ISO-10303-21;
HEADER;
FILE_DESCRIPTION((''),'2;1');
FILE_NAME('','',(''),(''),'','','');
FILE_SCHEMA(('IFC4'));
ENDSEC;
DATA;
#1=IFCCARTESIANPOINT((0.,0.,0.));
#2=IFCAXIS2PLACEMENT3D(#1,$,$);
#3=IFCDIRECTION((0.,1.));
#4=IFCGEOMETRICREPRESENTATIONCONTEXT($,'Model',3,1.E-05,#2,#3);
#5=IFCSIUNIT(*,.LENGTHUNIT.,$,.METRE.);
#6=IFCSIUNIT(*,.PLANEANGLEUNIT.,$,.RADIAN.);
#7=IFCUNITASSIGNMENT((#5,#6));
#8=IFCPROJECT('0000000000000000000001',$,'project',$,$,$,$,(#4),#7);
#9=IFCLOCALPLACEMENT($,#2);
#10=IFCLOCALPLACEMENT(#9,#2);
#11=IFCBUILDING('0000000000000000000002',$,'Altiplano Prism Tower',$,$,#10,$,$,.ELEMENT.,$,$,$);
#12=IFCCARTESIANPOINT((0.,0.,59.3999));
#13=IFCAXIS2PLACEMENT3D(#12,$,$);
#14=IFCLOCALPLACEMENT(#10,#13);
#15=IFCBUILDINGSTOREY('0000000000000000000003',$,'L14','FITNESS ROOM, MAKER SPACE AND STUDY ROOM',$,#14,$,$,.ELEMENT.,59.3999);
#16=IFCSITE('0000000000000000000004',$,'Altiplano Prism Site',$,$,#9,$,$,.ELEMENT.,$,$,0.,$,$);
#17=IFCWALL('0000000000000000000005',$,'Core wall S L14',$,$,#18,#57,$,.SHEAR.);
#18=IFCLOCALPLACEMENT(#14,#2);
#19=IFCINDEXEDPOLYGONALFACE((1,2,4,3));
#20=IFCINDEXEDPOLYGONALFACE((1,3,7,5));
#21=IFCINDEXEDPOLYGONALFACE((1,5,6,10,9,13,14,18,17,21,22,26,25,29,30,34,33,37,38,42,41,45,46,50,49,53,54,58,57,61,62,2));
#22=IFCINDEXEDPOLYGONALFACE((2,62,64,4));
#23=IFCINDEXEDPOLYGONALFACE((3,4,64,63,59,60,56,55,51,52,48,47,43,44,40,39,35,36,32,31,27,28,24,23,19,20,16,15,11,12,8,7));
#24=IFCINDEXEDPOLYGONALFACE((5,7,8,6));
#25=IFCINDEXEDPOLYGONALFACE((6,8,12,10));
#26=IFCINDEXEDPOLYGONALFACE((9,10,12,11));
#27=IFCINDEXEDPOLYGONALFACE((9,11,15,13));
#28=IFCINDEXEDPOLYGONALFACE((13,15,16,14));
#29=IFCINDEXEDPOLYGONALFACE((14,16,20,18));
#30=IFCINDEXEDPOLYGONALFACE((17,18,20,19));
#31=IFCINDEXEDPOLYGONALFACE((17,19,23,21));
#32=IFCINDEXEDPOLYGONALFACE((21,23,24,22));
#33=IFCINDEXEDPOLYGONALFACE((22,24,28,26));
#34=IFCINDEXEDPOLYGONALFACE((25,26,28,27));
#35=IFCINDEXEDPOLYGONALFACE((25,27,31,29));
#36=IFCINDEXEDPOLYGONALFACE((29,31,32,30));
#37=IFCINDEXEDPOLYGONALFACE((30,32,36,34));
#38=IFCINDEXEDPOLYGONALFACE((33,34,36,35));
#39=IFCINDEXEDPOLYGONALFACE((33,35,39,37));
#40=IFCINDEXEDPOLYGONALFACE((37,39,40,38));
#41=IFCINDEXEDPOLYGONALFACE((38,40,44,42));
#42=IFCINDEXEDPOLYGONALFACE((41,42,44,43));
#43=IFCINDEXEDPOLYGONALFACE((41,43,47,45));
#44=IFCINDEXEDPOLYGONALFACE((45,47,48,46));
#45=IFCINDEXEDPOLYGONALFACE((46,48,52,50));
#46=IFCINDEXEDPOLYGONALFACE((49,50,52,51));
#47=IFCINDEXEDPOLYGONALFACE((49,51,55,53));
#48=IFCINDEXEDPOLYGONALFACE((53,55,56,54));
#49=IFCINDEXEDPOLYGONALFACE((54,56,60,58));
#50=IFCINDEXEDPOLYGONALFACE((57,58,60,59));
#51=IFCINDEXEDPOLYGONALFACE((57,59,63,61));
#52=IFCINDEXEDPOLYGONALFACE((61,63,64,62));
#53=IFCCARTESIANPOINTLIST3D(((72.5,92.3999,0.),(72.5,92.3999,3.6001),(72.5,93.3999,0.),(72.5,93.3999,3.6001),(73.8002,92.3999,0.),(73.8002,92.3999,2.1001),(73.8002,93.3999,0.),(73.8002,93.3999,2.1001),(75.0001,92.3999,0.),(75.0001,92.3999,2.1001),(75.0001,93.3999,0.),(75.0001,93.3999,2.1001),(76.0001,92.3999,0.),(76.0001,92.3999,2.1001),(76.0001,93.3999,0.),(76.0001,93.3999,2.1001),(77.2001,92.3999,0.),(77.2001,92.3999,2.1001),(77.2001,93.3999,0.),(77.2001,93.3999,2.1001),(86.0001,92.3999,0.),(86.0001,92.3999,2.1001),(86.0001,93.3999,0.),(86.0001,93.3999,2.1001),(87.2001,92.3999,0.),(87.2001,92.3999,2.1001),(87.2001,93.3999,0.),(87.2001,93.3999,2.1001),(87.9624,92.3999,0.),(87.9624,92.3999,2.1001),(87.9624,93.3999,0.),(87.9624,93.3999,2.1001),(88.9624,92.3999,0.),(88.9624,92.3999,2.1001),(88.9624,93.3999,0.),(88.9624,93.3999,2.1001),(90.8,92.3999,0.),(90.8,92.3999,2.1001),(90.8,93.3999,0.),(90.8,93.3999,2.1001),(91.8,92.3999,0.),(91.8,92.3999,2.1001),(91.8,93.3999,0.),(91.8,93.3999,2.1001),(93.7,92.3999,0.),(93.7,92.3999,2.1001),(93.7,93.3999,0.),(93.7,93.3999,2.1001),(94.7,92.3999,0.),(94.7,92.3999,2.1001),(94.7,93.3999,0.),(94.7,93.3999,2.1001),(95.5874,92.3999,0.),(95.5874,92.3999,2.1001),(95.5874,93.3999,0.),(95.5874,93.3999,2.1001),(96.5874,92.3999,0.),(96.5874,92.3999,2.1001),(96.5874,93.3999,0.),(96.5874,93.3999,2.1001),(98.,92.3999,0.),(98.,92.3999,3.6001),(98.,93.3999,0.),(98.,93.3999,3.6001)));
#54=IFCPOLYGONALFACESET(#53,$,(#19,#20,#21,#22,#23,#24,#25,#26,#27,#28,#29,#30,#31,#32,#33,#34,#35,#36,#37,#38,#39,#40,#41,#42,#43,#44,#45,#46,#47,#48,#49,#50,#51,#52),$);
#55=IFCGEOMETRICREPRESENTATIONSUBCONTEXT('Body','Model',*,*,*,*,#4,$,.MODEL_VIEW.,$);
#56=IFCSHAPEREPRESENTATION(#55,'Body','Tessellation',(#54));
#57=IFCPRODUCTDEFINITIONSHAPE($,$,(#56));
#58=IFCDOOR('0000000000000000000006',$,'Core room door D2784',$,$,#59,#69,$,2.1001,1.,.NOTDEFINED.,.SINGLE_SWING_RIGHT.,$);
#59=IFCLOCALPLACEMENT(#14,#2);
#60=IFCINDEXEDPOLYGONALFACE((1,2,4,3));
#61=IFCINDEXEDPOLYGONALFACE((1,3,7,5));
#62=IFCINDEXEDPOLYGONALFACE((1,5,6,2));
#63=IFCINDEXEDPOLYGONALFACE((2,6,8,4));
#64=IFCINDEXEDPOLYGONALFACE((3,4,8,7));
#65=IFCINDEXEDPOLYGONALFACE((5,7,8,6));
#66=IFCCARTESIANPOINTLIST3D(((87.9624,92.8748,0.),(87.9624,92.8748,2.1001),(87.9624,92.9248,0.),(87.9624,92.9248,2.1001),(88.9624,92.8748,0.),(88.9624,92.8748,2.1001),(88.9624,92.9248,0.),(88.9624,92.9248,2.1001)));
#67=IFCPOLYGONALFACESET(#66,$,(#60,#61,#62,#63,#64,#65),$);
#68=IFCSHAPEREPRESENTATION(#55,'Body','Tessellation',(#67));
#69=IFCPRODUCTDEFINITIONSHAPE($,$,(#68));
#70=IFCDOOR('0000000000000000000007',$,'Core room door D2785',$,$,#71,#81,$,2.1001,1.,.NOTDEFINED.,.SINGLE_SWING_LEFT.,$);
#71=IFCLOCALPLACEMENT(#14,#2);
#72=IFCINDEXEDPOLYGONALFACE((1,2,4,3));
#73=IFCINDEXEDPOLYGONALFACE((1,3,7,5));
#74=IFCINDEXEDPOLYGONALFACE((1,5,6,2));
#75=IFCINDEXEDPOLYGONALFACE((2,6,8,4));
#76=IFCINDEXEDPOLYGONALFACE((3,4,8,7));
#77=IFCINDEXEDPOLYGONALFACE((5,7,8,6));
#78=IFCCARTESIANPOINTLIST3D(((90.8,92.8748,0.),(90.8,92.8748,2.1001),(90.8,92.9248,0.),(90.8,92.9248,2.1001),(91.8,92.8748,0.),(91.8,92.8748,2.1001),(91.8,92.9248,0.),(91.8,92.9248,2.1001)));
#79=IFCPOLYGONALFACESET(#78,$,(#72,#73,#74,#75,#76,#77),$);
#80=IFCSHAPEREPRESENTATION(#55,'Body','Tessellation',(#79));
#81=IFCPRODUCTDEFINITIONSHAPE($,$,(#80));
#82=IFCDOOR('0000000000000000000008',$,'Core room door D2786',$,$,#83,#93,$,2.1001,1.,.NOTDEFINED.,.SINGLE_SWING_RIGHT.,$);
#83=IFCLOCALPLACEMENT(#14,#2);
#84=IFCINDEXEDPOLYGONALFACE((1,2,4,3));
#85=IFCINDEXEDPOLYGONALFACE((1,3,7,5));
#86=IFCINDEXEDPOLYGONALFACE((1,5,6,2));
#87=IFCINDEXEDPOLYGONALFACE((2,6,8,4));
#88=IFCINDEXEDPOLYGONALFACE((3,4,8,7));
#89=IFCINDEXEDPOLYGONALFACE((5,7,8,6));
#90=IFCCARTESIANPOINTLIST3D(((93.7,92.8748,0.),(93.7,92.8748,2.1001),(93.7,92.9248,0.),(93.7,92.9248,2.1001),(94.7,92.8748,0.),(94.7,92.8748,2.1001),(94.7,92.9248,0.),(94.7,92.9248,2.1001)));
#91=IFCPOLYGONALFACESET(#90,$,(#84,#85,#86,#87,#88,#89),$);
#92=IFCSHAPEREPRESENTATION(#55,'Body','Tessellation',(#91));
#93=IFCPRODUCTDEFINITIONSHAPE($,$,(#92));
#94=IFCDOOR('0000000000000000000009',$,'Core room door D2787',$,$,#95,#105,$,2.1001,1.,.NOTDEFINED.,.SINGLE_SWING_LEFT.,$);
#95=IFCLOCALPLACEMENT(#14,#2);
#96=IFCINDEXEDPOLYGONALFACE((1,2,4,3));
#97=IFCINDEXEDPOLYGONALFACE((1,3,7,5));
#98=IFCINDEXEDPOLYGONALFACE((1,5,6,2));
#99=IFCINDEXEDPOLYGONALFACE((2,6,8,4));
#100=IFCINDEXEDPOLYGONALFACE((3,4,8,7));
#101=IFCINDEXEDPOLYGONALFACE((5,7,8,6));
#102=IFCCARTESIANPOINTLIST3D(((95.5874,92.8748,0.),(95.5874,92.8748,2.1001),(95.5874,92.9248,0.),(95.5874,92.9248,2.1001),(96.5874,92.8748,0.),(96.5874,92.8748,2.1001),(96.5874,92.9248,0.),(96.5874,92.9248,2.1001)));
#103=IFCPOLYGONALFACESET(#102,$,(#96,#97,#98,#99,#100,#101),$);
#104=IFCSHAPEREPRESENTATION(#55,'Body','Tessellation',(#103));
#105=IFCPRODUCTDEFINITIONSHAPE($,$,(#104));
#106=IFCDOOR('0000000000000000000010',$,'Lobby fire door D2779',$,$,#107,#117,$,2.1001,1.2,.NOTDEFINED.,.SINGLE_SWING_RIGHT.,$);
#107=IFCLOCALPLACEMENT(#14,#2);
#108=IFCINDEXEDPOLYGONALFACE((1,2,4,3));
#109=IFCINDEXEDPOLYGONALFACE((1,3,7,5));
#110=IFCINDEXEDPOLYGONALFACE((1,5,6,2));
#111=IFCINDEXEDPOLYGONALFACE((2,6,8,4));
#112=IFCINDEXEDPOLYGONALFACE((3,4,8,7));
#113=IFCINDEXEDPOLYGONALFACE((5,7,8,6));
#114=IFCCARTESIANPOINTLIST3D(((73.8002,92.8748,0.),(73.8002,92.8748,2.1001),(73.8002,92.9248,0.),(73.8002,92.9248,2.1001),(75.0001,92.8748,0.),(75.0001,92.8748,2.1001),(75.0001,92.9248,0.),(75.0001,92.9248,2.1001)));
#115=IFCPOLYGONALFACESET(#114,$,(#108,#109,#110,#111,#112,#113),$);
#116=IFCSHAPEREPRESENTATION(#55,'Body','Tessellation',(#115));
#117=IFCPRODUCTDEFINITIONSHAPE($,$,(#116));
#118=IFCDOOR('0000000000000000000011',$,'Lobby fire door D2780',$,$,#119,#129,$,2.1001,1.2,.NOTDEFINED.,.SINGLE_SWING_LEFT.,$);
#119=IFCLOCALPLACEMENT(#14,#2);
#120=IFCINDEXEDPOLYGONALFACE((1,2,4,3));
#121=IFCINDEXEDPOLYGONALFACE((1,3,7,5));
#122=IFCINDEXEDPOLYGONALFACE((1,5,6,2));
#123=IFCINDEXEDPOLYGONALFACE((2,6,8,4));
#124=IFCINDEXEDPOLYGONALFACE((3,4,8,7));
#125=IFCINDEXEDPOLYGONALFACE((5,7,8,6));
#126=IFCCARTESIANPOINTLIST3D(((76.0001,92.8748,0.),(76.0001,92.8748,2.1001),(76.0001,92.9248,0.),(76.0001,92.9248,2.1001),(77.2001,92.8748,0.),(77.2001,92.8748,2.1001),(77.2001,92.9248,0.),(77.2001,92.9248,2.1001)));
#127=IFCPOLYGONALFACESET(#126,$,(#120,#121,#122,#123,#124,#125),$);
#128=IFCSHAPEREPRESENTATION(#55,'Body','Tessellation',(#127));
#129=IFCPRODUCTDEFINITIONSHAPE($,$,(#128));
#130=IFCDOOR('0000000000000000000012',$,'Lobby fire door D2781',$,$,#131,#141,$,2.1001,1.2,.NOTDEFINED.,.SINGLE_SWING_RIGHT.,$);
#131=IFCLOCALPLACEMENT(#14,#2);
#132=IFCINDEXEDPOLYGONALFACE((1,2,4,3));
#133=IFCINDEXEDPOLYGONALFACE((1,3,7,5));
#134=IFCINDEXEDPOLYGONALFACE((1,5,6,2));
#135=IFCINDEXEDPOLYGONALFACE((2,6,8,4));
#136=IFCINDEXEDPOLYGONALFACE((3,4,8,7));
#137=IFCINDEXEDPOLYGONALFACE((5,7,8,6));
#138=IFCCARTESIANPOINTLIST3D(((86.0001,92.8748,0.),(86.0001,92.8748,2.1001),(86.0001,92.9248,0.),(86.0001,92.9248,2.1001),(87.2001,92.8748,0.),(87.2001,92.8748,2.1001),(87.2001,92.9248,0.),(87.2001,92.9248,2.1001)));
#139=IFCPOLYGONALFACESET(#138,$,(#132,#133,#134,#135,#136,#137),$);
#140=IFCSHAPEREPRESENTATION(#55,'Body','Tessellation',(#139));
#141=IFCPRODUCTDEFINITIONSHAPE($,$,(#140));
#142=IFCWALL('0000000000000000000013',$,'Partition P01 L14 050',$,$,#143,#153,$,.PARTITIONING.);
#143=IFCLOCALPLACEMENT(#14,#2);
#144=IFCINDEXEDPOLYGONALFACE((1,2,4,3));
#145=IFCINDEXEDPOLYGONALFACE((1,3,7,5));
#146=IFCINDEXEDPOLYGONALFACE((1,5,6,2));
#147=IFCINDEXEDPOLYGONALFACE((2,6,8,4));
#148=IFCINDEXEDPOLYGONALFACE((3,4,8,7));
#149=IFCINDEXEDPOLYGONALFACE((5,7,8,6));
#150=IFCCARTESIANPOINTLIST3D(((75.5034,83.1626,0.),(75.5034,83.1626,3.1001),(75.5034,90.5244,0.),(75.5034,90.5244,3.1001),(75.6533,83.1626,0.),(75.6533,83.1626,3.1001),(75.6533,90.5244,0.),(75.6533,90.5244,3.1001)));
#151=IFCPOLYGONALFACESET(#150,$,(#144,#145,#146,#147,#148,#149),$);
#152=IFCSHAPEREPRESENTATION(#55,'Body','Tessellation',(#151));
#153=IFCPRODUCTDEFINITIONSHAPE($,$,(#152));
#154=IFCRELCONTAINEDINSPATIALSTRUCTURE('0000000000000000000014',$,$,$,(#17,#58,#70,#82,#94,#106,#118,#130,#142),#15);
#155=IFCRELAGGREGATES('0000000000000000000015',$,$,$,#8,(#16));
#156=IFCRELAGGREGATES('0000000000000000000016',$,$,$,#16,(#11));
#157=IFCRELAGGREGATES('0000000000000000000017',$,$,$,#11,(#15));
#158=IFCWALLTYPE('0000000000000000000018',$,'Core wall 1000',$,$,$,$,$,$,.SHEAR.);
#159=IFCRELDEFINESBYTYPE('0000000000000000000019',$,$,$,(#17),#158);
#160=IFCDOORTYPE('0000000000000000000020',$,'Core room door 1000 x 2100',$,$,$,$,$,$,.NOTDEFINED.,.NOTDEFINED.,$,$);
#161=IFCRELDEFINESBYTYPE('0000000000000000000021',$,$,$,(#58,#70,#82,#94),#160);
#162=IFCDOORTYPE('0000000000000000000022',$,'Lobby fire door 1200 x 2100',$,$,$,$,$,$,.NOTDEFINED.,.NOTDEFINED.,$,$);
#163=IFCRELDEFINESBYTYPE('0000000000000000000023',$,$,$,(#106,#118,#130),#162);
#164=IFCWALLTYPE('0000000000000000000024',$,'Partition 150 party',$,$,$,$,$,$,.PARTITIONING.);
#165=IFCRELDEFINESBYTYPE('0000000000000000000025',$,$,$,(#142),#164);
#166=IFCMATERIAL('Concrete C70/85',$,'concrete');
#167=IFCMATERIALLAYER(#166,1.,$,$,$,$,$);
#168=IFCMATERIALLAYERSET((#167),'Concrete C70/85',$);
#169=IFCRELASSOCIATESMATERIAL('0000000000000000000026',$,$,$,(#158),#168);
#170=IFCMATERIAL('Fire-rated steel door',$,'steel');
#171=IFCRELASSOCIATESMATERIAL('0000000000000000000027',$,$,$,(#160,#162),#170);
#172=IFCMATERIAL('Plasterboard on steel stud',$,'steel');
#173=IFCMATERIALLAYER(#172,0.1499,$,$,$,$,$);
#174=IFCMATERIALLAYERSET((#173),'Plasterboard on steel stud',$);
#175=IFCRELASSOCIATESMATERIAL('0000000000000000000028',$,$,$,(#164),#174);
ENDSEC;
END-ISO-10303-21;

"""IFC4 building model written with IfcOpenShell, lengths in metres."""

from ifc_helpers import new_model, si_unit, direction, frame, frame_2d, origin, place, context, subcontext, project, spatial, rectangle, extrude, material, layer, layer_set, type_object, element, fill, save


model = new_model("IFC4")

# Units and contexts
model_context = context("Model", 3, precision=1e-05, world=origin(), true_north=direction((0.0, 1.0)))
body_context = subcontext(model_context, "Body", "Model", "MODEL_VIEW")
ifc_project = project(units=[si_unit("LENGTHUNIT", "METRE"), si_unit("PLANEANGLEUNIT", "RADIAN")], contexts=[model_context])

# Site, building, storey
site_placement = place(None, origin())
site = spatial("IfcSite", under=ifc_project, at=site_placement, Name="Altiplano Prism Site", CompositionType="ELEMENT", RefElevation=0.0)
building_placement = place(site_placement, origin())
building = spatial("IfcBuilding", under=site, at=building_placement, Name="Altiplano Prism Tower", CompositionType="ELEMENT")
storey_placement = place(building_placement, frame((0.0, 0.0, 59.3999)))
storey = spatial("IfcBuildingStorey", under=building, at=storey_placement, Name="L14", Description="FITNESS ROOM, MAKER SPACE AND STUDY ROOM", CompositionType="ELEMENT", Elevation=59.3999)

# Wall, openings, doors
ifc_material_1 = material(Name="Concrete C70/85", Category="concrete")
ifc_layer_1 = layer(ifc_material_1, 1.0)
ifc_layer_set_1 = layer_set([ifc_layer_1], Name="Concrete C70/85")
wall_type_1 = type_object("IfcWallType", Name="Core wall 1000", PredefinedType="SHEAR", material=ifc_layer_set_1)
wall_1_placement = place(storey_placement, frame((72.5, 92.8999, 0.0), z_axis=(0.0, 0.0, 1.0), x_axis=(1.0, 0.0, 0.0)))
wall_1 = element("IfcWall", 1, at=wall_1_placement, inside=storey, type_object=wall_type_1, Name="Core wall S L14", PredefinedType="SHEAR", context=body_context, shape_type="SweptSolid", body=[
    extrude(rectangle(XDim=25.5, YDim=1.0, at=frame_2d((12.75, 0.0))), origin(), (0.0, 0.0, 1.0), 3.6001),
])
opening_1_placement = place(wall_1_placement, frame((1.3, 0.0, 0.0)))
opening_1 = element("IfcOpeningElement", 2, at=opening_1_placement, cuts=wall_1, PredefinedType="OPENING", context=body_context, shape_type="SweptSolid", body=[
    extrude(rectangle(XDim=1.2, YDim=2.1001, at=frame_2d((0.6001, 1.05))), frame((0.0, 0.5105, 0.0), z_axis=(0.0, -1.0, 0.0), x_axis=(1.0, 0.0, 0.0)), (0.0, 0.0, 1.0), 1.021),
])
opening_2_placement = place(wall_1_placement, frame((3.5, 0.0, 0.0)))
opening_2 = element("IfcOpeningElement", 3, at=opening_2_placement, cuts=wall_1, PredefinedType="OPENING", context=body_context, shape_type="SweptSolid", body=[
    extrude(rectangle(XDim=1.2, YDim=2.1001, at=frame_2d((0.6001, 1.05))), frame((0.0, 0.5105, 0.0), z_axis=(0.0, -1.0, 0.0), x_axis=(1.0, 0.0, 0.0)), (0.0, 0.0, 1.0), 1.021),
])
opening_3_placement = place(wall_1_placement, frame((13.5, 0.0, 0.0)))
opening_3 = element("IfcOpeningElement", 4, at=opening_3_placement, cuts=wall_1, PredefinedType="OPENING", context=body_context, shape_type="SweptSolid", body=[
    extrude(rectangle(XDim=1.2, YDim=2.1001, at=frame_2d((0.6001, 1.05))), frame((0.0, 0.5105, 0.0), z_axis=(0.0, -1.0, 0.0), x_axis=(1.0, 0.0, 0.0)), (0.0, 0.0, 1.0), 1.021),
])
opening_4_placement = place(wall_1_placement, frame((15.4624, 0.0, 0.0)))
opening_4 = element("IfcOpeningElement", 5, at=opening_4_placement, cuts=wall_1, PredefinedType="OPENING", context=body_context, shape_type="SweptSolid", body=[
    extrude(rectangle(XDim=1.0, YDim=2.1001, at=frame_2d((0.5, 1.05))), frame((0.0, 0.5105, 0.0), z_axis=(0.0, -1.0, 0.0), x_axis=(1.0, 0.0, 0.0)), (0.0, 0.0, 1.0), 1.021),
])
opening_5_placement = place(wall_1_placement, frame((18.3, 0.0, 0.0)))
opening_5 = element("IfcOpeningElement", 6, at=opening_5_placement, cuts=wall_1, PredefinedType="OPENING", context=body_context, shape_type="SweptSolid", body=[
    extrude(rectangle(XDim=1.0, YDim=2.1001, at=frame_2d((0.5, 1.05))), frame((0.0, 0.5105, 0.0), z_axis=(0.0, -1.0, 0.0), x_axis=(1.0, 0.0, 0.0)), (0.0, 0.0, 1.0), 1.021),
])
opening_6_placement = place(wall_1_placement, frame((21.2, 0.0, 0.0)))
opening_6 = element("IfcOpeningElement", 7, at=opening_6_placement, cuts=wall_1, PredefinedType="OPENING", context=body_context, shape_type="SweptSolid", body=[
    extrude(rectangle(XDim=1.0, YDim=2.1001, at=frame_2d((0.5, 1.05))), frame((0.0, 0.5105, 0.0), z_axis=(0.0, -1.0, 0.0), x_axis=(1.0, 0.0, 0.0)), (0.0, 0.0, 1.0), 1.021),
])
opening_7_placement = place(wall_1_placement, frame((23.0874, 0.0, 0.0)))
opening_7 = element("IfcOpeningElement", 8, at=opening_7_placement, cuts=wall_1, PredefinedType="OPENING", context=body_context, shape_type="SweptSolid", body=[
    extrude(rectangle(XDim=1.0, YDim=2.1001, at=frame_2d((0.5, 1.05))), frame((0.0, 0.5105, 0.0), z_axis=(0.0, -1.0, 0.0), x_axis=(1.0, 0.0, 0.0)), (0.0, 0.0, 1.0), 1.021),
])
ifc_material_2 = material(Name="Fire-rated steel door", Category="steel")
door_type_1 = type_object("IfcDoorType", Name="Core room door 1000 x 2100", OperationType="NOTDEFINED", PredefinedType="NOTDEFINED", material=ifc_material_2)
door_1_placement = place(opening_4_placement, origin())
door_1 = element("IfcDoor", 9, at=door_1_placement, inside=storey, type_object=door_type_1, Name="Core room door D2784", OperationType="SINGLE_SWING_RIGHT", OverallHeight=2.1001, OverallWidth=1.0, PredefinedType="NOTDEFINED", context=body_context, shape_type="SweptSolid", body=[
    extrude(rectangle(XDim=1.0, YDim=2.1001, at=frame_2d((0.5, 1.05))), frame((0.0, 0.0249, 0.0), z_axis=(0.0, -1.0, 0.0), x_axis=(1.0, 0.0, 0.0)), (0.0, 0.0, 1.0), 0.05),
])
fill(opening_4, door_1)
door_2_placement = place(opening_5_placement, origin())
door_2 = element("IfcDoor", 10, at=door_2_placement, inside=storey, type_object=door_type_1, Name="Core room door D2785", OperationType="SINGLE_SWING_LEFT", OverallHeight=2.1001, OverallWidth=1.0, PredefinedType="NOTDEFINED", context=body_context, shape_type="SweptSolid", body=[
    extrude(rectangle(XDim=1.0, YDim=2.1001, at=frame_2d((0.5, 1.05))), frame((0.0, 0.0249, 0.0), z_axis=(0.0, -1.0, 0.0), x_axis=(1.0, 0.0, 0.0)), (0.0, 0.0, 1.0), 0.05),
])
fill(opening_5, door_2)
door_3_placement = place(opening_6_placement, origin())
door_3 = element("IfcDoor", 11, at=door_3_placement, inside=storey, type_object=door_type_1, Name="Core room door D2786", OperationType="SINGLE_SWING_RIGHT", OverallHeight=2.1001, OverallWidth=1.0, PredefinedType="NOTDEFINED", context=body_context, shape_type="SweptSolid", body=[
    extrude(rectangle(XDim=1.0, YDim=2.1001, at=frame_2d((0.5, 1.05))), frame((0.0, 0.0249, 0.0), z_axis=(0.0, -1.0, 0.0), x_axis=(1.0, 0.0, 0.0)), (0.0, 0.0, 1.0), 0.05),
])
fill(opening_6, door_3)
door_4_placement = place(opening_7_placement, origin())
door_4 = element("IfcDoor", 12, at=door_4_placement, inside=storey, type_object=door_type_1, Name="Core room door D2787", OperationType="SINGLE_SWING_LEFT", OverallHeight=2.1001, OverallWidth=1.0, PredefinedType="NOTDEFINED", context=body_context, shape_type="SweptSolid", body=[
    extrude(rectangle(XDim=1.0, YDim=2.1001, at=frame_2d((0.5, 1.05))), frame((0.0, 0.0249, 0.0), z_axis=(0.0, -1.0, 0.0), x_axis=(1.0, 0.0, 0.0)), (0.0, 0.0, 1.0), 0.05),
])
fill(opening_7, door_4)
door_type_2 = type_object("IfcDoorType", Name="Lobby fire door 1200 x 2100", OperationType="NOTDEFINED", PredefinedType="NOTDEFINED", material=ifc_material_2)
door_5_placement = place(opening_1_placement, origin())
door_5 = element("IfcDoor", 13, at=door_5_placement, inside=storey, type_object=door_type_2, Name="Lobby fire door D2779", OperationType="SINGLE_SWING_RIGHT", OverallHeight=2.1001, OverallWidth=1.2, PredefinedType="NOTDEFINED", context=body_context, shape_type="SweptSolid", body=[
    extrude(rectangle(XDim=1.2, YDim=2.1001, at=frame_2d((0.6001, 1.05))), frame((0.0, 0.0249, 0.0), z_axis=(0.0, -1.0, 0.0), x_axis=(1.0, 0.0, 0.0)), (0.0, 0.0, 1.0), 0.05),
])
fill(opening_1, door_5)
door_6_placement = place(opening_2_placement, origin())
door_6 = element("IfcDoor", 14, at=door_6_placement, inside=storey, type_object=door_type_2, Name="Lobby fire door D2780", OperationType="SINGLE_SWING_LEFT", OverallHeight=2.1001, OverallWidth=1.2, PredefinedType="NOTDEFINED", context=body_context, shape_type="SweptSolid", body=[
    extrude(rectangle(XDim=1.2, YDim=2.1001, at=frame_2d((0.6001, 1.05))), frame((0.0, 0.0249, 0.0), z_axis=(0.0, -1.0, 0.0), x_axis=(1.0, 0.0, 0.0)), (0.0, 0.0, 1.0), 0.05),
])
fill(opening_2, door_6)
door_7_placement = place(opening_3_placement, origin())
door_7 = element("IfcDoor", 15, at=door_7_placement, inside=storey, type_object=door_type_2, Name="Lobby fire door D2781", OperationType="SINGLE_SWING_RIGHT", OverallHeight=2.1001, OverallWidth=1.2, PredefinedType="NOTDEFINED", context=body_context, shape_type="SweptSolid", body=[
    extrude(rectangle(XDim=1.2, YDim=2.1001, at=frame_2d((0.6001, 1.05))), frame((0.0, 0.0249, 0.0), z_axis=(0.0, -1.0, 0.0), x_axis=(1.0, 0.0, 0.0)), (0.0, 0.0, 1.0), 0.05),
])
fill(opening_3, door_7)

# Wall
ifc_material_3 = material(Name="Plasterboard on steel stud", Category="steel")
ifc_layer_2 = layer(ifc_material_3, 0.1499)
ifc_layer_set_2 = layer_set([ifc_layer_2], Name="Plasterboard on steel stud")
wall_type_2 = type_object("IfcWallType", Name="Partition 150 party", PredefinedType="PARTITIONING", material=ifc_layer_set_2)
wall_2_placement = place(storey_placement, frame((75.5784, 90.5244, 0.0), z_axis=(0.0, 0.0, 1.0), x_axis=(0.0, -1.0, 0.0)))
element("IfcWall", 16, at=wall_2_placement, inside=storey, type_object=wall_type_2, Name="Partition P01 L14 050", PredefinedType="PARTITIONING", context=body_context, shape_type="SweptSolid", body=[
    extrude(rectangle(XDim=7.3618, YDim=0.1499, at=frame_2d((3.6809, 0.0))), origin(), (0.0, 0.0, 1.0), 3.1001),
])

save(model, "model.ifc")
